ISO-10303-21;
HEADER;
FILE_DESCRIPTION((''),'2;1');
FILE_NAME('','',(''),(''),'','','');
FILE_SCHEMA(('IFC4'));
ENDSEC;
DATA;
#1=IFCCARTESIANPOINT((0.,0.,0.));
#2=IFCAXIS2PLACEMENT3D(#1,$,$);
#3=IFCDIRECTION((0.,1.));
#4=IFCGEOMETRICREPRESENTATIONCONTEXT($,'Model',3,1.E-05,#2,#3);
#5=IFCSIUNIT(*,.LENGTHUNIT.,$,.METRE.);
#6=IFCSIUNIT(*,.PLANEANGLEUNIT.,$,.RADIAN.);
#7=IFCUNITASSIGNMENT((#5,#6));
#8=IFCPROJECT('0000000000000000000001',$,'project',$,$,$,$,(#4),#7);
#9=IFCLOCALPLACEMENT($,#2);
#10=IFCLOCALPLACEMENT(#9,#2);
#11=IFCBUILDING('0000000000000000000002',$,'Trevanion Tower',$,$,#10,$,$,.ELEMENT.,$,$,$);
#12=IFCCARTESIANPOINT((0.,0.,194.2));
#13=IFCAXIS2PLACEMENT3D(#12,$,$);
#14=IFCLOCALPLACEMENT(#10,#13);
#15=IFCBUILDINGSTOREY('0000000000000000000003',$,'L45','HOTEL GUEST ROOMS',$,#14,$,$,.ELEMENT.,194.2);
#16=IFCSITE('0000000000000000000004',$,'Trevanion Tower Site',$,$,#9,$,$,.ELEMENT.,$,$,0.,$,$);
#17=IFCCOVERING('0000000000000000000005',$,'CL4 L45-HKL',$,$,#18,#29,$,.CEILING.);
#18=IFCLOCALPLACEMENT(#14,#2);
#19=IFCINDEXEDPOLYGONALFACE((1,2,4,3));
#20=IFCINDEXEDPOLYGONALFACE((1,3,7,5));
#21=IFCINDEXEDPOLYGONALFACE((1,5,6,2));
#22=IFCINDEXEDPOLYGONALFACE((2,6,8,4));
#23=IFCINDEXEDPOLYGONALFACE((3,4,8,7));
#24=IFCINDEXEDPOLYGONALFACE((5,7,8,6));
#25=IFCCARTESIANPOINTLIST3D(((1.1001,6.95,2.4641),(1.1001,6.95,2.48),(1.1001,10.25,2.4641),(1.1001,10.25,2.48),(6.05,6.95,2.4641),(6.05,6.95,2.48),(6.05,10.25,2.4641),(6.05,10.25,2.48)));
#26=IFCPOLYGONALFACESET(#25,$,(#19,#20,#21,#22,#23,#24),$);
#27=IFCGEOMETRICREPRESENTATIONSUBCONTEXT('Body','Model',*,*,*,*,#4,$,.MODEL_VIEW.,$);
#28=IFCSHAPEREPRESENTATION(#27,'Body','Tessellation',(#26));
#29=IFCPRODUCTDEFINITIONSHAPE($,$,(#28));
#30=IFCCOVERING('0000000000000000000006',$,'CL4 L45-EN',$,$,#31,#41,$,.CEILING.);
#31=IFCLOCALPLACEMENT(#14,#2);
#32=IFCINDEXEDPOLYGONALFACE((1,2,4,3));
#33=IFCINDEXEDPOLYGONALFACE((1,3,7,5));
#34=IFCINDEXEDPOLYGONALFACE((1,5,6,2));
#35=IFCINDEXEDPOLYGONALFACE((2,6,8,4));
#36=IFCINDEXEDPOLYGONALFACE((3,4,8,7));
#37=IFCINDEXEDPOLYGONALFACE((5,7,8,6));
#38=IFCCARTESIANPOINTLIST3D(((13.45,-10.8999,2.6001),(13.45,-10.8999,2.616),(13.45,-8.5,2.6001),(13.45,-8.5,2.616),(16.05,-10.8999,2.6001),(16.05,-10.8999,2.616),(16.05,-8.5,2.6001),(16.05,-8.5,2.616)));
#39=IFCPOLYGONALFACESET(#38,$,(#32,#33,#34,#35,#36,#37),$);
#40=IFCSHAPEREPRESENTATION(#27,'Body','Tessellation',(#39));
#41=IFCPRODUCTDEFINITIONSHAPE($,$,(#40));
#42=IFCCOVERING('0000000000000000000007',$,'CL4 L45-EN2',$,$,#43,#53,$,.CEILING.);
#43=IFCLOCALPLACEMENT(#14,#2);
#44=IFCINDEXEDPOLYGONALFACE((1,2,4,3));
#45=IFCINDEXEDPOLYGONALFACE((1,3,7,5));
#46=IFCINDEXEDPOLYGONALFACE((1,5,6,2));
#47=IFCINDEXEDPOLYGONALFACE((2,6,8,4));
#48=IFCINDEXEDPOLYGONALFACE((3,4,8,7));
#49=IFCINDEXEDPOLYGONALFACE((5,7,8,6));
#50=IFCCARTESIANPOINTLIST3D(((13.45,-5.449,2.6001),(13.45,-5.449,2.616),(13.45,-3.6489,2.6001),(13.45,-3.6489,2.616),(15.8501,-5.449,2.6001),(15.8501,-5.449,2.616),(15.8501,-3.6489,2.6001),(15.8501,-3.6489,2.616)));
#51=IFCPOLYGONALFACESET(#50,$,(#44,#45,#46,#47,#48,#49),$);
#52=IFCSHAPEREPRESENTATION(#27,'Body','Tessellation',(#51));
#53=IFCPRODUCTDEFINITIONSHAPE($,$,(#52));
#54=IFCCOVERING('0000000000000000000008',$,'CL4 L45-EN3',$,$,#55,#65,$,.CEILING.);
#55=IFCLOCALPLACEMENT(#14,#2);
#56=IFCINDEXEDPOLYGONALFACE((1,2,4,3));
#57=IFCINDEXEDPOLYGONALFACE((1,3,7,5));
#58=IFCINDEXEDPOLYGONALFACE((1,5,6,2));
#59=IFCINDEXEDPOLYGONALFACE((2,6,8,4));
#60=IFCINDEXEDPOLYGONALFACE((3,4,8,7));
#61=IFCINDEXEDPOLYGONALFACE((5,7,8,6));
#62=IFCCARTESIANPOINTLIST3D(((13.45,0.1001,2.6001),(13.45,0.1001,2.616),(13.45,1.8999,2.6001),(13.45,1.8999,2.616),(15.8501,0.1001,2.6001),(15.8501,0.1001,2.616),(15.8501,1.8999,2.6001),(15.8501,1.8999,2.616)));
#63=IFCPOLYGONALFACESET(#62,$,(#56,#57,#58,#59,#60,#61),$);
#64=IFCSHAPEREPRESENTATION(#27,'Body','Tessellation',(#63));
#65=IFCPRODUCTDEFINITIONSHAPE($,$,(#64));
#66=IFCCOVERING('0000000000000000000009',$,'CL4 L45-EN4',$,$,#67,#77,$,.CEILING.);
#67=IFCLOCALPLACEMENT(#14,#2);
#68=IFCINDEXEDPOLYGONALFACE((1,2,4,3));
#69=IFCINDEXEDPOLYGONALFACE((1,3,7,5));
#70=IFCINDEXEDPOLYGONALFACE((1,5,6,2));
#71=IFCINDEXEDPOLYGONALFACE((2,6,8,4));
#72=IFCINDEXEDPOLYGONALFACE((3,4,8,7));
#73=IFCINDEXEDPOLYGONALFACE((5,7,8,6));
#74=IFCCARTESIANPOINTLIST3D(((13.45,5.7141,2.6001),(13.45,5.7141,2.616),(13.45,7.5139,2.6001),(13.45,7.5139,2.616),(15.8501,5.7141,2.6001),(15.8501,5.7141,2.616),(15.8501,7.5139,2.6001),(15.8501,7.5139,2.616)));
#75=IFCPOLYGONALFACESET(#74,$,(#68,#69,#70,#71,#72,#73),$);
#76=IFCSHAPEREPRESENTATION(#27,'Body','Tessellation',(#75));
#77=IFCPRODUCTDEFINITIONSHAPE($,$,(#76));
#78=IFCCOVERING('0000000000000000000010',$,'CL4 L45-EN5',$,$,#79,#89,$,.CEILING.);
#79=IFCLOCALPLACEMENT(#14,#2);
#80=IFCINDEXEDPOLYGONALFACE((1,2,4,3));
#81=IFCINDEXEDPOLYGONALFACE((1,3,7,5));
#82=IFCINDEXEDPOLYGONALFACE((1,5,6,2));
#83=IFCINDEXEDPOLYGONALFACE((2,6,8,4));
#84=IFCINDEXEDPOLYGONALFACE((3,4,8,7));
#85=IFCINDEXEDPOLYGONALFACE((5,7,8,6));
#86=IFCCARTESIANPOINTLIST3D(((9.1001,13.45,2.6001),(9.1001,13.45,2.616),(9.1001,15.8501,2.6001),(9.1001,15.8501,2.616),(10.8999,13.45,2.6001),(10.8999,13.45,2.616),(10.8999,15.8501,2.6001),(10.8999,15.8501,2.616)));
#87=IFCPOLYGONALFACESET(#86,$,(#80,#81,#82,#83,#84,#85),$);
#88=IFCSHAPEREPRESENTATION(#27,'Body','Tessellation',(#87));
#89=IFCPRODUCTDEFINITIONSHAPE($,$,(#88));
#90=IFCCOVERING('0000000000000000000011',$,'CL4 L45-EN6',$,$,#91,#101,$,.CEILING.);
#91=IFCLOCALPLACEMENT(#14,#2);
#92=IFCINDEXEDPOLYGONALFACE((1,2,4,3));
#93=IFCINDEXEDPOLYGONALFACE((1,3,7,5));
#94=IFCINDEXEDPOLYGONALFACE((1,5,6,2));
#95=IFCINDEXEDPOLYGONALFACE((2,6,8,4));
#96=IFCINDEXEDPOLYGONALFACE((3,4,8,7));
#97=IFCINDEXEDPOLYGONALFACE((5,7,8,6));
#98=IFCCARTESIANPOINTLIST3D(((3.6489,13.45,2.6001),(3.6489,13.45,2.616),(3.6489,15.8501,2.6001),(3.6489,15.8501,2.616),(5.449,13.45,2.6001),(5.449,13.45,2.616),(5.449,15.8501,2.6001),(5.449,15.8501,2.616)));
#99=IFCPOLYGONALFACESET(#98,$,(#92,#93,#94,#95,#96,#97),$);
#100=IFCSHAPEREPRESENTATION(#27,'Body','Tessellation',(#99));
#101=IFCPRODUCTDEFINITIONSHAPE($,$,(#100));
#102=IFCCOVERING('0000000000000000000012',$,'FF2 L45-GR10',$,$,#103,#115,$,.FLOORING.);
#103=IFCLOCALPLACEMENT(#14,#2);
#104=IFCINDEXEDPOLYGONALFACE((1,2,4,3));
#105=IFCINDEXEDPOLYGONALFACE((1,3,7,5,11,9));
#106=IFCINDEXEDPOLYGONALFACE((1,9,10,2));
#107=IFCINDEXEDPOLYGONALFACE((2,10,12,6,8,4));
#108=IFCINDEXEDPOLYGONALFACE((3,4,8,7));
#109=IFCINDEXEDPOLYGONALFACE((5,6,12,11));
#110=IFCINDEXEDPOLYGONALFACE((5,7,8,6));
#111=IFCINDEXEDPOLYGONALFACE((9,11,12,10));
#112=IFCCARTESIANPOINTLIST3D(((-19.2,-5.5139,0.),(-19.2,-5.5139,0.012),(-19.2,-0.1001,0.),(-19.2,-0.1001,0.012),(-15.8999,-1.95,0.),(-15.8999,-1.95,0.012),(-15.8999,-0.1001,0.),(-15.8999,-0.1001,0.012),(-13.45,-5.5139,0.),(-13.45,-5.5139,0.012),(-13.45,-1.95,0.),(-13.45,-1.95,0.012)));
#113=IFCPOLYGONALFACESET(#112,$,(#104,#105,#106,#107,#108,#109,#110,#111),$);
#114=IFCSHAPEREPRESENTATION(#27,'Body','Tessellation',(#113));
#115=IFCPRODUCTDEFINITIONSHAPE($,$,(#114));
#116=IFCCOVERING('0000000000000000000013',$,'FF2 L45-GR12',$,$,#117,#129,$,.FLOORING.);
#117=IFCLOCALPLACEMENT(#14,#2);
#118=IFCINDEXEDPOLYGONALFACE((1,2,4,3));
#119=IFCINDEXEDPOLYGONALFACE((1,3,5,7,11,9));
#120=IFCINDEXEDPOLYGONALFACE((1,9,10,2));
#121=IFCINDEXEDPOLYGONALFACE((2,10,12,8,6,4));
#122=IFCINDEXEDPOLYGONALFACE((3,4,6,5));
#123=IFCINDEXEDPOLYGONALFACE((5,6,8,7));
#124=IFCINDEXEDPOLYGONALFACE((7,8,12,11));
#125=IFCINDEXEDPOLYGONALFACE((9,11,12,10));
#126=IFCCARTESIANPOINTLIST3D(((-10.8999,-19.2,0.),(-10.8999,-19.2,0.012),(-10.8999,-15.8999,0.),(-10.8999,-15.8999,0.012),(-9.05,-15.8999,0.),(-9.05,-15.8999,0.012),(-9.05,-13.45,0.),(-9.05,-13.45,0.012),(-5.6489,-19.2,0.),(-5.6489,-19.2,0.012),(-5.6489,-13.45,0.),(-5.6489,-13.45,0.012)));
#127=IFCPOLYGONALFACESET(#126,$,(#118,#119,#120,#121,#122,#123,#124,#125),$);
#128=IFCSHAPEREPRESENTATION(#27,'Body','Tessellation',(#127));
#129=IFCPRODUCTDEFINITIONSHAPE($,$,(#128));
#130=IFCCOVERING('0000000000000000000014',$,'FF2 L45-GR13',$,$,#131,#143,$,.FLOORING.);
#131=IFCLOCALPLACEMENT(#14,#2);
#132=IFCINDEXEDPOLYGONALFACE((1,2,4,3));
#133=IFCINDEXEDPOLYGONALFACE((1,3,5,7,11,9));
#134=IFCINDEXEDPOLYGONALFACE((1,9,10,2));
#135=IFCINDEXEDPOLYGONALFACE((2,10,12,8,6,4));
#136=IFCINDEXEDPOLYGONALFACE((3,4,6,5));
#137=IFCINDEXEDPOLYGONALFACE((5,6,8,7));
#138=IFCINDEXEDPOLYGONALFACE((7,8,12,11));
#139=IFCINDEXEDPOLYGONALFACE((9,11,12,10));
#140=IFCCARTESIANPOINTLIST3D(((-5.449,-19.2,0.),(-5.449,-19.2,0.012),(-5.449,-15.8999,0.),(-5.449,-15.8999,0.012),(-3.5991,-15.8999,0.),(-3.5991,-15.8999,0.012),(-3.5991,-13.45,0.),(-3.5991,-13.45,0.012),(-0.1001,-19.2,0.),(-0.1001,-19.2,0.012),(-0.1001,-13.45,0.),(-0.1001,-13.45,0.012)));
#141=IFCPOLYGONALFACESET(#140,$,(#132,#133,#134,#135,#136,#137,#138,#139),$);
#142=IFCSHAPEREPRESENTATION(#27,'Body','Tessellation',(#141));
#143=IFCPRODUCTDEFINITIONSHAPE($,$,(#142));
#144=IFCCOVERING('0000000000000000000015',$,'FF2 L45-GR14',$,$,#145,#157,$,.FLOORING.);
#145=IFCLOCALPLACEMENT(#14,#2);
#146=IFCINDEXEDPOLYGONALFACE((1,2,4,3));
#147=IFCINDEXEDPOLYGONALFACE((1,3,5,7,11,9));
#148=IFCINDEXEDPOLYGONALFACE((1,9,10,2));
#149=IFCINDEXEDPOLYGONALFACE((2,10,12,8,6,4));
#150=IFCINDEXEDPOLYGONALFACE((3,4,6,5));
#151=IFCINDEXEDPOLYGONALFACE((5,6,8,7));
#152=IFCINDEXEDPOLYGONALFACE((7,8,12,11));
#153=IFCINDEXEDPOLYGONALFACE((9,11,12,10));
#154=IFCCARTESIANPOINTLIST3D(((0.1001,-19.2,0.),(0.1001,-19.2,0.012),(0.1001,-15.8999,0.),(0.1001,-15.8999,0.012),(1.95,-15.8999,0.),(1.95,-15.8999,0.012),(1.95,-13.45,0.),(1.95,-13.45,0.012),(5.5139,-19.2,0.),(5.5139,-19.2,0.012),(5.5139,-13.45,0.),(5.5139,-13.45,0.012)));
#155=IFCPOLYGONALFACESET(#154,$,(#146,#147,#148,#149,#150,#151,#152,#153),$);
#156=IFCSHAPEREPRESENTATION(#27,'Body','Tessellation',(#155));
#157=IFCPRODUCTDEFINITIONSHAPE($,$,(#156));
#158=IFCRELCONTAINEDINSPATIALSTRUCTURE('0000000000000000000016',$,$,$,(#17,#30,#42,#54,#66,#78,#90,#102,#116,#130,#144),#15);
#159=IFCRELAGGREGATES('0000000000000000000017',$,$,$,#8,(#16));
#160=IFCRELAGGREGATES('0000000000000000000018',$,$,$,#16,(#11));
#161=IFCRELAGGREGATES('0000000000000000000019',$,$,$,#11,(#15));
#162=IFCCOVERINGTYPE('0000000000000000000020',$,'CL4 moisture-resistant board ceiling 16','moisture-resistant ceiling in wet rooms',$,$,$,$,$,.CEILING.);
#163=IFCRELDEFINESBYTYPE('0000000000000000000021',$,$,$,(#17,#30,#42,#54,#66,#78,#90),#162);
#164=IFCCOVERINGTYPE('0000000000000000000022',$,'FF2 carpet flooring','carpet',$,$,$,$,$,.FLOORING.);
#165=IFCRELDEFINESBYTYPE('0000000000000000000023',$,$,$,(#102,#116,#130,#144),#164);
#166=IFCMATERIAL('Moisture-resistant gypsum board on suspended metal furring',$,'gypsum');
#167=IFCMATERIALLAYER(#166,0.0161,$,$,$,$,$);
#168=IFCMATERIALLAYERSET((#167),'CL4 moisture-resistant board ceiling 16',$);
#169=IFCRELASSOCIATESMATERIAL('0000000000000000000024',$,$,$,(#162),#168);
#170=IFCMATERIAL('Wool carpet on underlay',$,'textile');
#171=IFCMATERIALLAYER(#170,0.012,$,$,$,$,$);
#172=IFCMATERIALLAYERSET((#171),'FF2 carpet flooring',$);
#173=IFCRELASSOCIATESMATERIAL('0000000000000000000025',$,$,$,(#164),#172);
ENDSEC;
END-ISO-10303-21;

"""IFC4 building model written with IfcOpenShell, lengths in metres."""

from ifc_helpers import new_model, si_unit, direction, frame, origin, place, context, subcontext, project, spatial, polyline, outline, extrude, material, layer, layer_set, type_object, element, save


model = new_model("IFC4")

# Units and contexts
model_context = context("Model", 3, precision=1e-05, world=origin(), true_north=direction((0.0, 1.0)))
body_context = subcontext(model_context, "Body", "Model", "MODEL_VIEW")
ifc_project = project(units=[si_unit("LENGTHUNIT", "METRE"), si_unit("PLANEANGLEUNIT", "RADIAN")], contexts=[model_context])

# Site, building, storey
site_placement = place(None, origin())
site = spatial("IfcSite", under=ifc_project, at=site_placement, Name="Trevanion Tower Site", CompositionType="ELEMENT", RefElevation=0.0)
building_placement = place(site_placement, origin())
building = spatial("IfcBuilding", under=site, at=building_placement, Name="Trevanion Tower", CompositionType="ELEMENT")
storey_placement = place(building_placement, frame((0.0, 0.0, 194.2)))
storey = spatial("IfcBuildingStorey", under=building, at=storey_placement, Name="L45", Description="HOTEL GUEST ROOMS", CompositionType="ELEMENT", Elevation=194.2)

# Coverings
ifc_material_1 = material(Name="Moisture-resistant gypsum board on suspended metal furring", Category="gypsum")
ifc_layer_1 = layer(ifc_material_1, 0.0161)
ifc_layer_set_1 = layer_set([ifc_layer_1], Name="CL4 moisture-resistant board ceiling 16")
covering_type_1 = type_object("IfcCoveringType", Name="CL4 moisture-resistant board ceiling 16", Description="moisture-resistant ceiling in wet rooms", PredefinedType="CEILING", material=ifc_layer_set_1)
covering_1_placement = place(storey_placement, frame((0.0, 0.0, 2.4641)))
element("IfcCovering", 1, at=covering_1_placement, inside=storey, type_object=covering_type_1, Name="CL4 L45-HKL", PredefinedType="CEILING", context=body_context, shape_type="SweptSolid", body=[
    extrude(outline(polyline([(6.05, 6.95), (6.05, 10.25), (1.1001, 10.25), (1.1001, 6.95), (6.05, 6.95)])), origin(), (0.0, 0.0, 1.0), 0.0159),
])
covering_2_placement = place(storey_placement, frame((0.0, 0.0, 2.6001)))
element("IfcCovering", 2, at=covering_2_placement, inside=storey, type_object=covering_type_1, Name="CL4 L45-EN", PredefinedType="CEILING", context=body_context, shape_type="SweptSolid", body=[
    extrude(outline(polyline([(16.05, -10.8999), (16.05, -8.5), (13.45, -8.5), (13.45, -10.8999), (16.05, -10.8999)])), origin(), (0.0, 0.0, 1.0), 0.0159),
])
covering_3_placement = place(storey_placement, frame((0.0, 0.0, 2.6001)))
element("IfcCovering", 3, at=covering_3_placement, inside=storey, type_object=covering_type_1, Name="CL4 L45-EN2", PredefinedType="CEILING", context=body_context, shape_type="SweptSolid", body=[
    extrude(outline(polyline([(15.8501, -5.449), (15.8501, -3.6489), (13.45, -3.6489), (13.45, -5.449), (15.8501, -5.449)])), origin(), (0.0, 0.0, 1.0), 0.0159),
])
covering_4_placement = place(storey_placement, frame((0.0, 0.0, 2.6001)))
element("IfcCovering", 4, at=covering_4_placement, inside=storey, type_object=covering_type_1, Name="CL4 L45-EN3", PredefinedType="CEILING", context=body_context, shape_type="SweptSolid", body=[
    extrude(outline(polyline([(15.8501, 0.1001), (15.8501, 1.8999), (13.45, 1.8999), (13.45, 0.1001), (15.8501, 0.1001)])), origin(), (0.0, 0.0, 1.0), 0.0159),
])
covering_5_placement = place(storey_placement, frame((0.0, 0.0, 2.6001)))
element("IfcCovering", 5, at=covering_5_placement, inside=storey, type_object=covering_type_1, Name="CL4 L45-EN4", PredefinedType="CEILING", context=body_context, shape_type="SweptSolid", body=[
    extrude(outline(polyline([(15.8501, 5.7141), (15.8501, 7.5139), (13.45, 7.5139), (13.45, 5.7141), (15.8501, 5.7141)])), origin(), (0.0, 0.0, 1.0), 0.0159),
])
covering_6_placement = place(storey_placement, frame((0.0, 0.0, 2.6001)))
element("IfcCovering", 6, at=covering_6_placement, inside=storey, type_object=covering_type_1, Name="CL4 L45-EN5", PredefinedType="CEILING", context=body_context, shape_type="SweptSolid", body=[
    extrude(outline(polyline([(10.8999, 15.8501), (9.1001, 15.8501), (9.1001, 13.45), (10.8999, 13.45), (10.8999, 15.8501)])), origin(), (0.0, 0.0, 1.0), 0.0159),
])
covering_7_placement = place(storey_placement, frame((0.0, 0.0, 2.6001)))
element("IfcCovering", 7, at=covering_7_placement, inside=storey, type_object=covering_type_1, Name="CL4 L45-EN6", PredefinedType="CEILING", context=body_context, shape_type="SweptSolid", body=[
    extrude(outline(polyline([(5.449, 15.8501), (3.6489, 15.8501), (3.6489, 13.45), (5.449, 13.45), (5.449, 15.8501)])), origin(), (0.0, 0.0, 1.0), 0.0159),
])
ifc_material_2 = material(Name="Wool carpet on underlay", Category="textile")
ifc_layer_2 = layer(ifc_material_2, 0.012)
ifc_layer_set_2 = layer_set([ifc_layer_2], Name="FF2 carpet flooring")
covering_type_2 = type_object("IfcCoveringType", Name="FF2 carpet flooring", Description="carpet", PredefinedType="FLOORING", material=ifc_layer_set_2)
covering_8_placement = place(storey_placement, origin())
element("IfcCovering", 8, at=covering_8_placement, inside=storey, type_object=covering_type_2, Name="FF2 L45-GR10", PredefinedType="FLOORING", context=body_context, shape_type="SweptSolid", body=[
    extrude(outline(polyline([(-13.45, -5.5139), (-19.2, -5.5139), (-19.2, -0.1001), (-15.8999, -0.1001), (-15.8999, -1.95), (-13.45, -1.95), (-13.45, -5.5139)])), origin(), (0.0, 0.0, 1.0), 0.012),
])
covering_9_placement = place(storey_placement, origin())
element("IfcCovering", 9, at=covering_9_placement, inside=storey, type_object=covering_type_2, Name="FF2 L45-GR12", PredefinedType="FLOORING", context=body_context, shape_type="SweptSolid", body=[
    extrude(outline(polyline([(-5.6489, -13.45), (-5.6489, -19.2), (-10.8999, -19.2), (-10.8999, -15.8999), (-9.05, -15.8999), (-9.05, -13.45), (-5.6489, -13.45)])), origin(), (0.0, 0.0, 1.0), 0.012),
])
covering_10_placement = place(storey_placement, origin())
element("IfcCovering", 10, at=covering_10_placement, inside=storey, type_object=covering_type_2, Name="FF2 L45-GR13", PredefinedType="FLOORING", context=body_context, shape_type="SweptSolid", body=[
    extrude(outline(polyline([(-0.1001, -13.45), (-0.1001, -19.2), (-5.449, -19.2), (-5.449, -15.8999), (-3.5991, -15.8999), (-3.5991, -13.45), (-0.1001, -13.45)])), origin(), (0.0, 0.0, 1.0), 0.012),
])
covering_11_placement = place(storey_placement, origin())
element("IfcCovering", 11, at=covering_11_placement, inside=storey, type_object=covering_type_2, Name="FF2 L45-GR14", PredefinedType="FLOORING", context=body_context, shape_type="SweptSolid", body=[
    extrude(outline(polyline([(5.5139, -13.45), (5.5139, -19.2), (0.1001, -19.2), (0.1001, -15.8999), (1.95, -15.8999), (1.95, -13.45), (5.5139, -13.45)])), origin(), (0.0, 0.0, 1.0), 0.012),
])

save(model, "model.ifc")
